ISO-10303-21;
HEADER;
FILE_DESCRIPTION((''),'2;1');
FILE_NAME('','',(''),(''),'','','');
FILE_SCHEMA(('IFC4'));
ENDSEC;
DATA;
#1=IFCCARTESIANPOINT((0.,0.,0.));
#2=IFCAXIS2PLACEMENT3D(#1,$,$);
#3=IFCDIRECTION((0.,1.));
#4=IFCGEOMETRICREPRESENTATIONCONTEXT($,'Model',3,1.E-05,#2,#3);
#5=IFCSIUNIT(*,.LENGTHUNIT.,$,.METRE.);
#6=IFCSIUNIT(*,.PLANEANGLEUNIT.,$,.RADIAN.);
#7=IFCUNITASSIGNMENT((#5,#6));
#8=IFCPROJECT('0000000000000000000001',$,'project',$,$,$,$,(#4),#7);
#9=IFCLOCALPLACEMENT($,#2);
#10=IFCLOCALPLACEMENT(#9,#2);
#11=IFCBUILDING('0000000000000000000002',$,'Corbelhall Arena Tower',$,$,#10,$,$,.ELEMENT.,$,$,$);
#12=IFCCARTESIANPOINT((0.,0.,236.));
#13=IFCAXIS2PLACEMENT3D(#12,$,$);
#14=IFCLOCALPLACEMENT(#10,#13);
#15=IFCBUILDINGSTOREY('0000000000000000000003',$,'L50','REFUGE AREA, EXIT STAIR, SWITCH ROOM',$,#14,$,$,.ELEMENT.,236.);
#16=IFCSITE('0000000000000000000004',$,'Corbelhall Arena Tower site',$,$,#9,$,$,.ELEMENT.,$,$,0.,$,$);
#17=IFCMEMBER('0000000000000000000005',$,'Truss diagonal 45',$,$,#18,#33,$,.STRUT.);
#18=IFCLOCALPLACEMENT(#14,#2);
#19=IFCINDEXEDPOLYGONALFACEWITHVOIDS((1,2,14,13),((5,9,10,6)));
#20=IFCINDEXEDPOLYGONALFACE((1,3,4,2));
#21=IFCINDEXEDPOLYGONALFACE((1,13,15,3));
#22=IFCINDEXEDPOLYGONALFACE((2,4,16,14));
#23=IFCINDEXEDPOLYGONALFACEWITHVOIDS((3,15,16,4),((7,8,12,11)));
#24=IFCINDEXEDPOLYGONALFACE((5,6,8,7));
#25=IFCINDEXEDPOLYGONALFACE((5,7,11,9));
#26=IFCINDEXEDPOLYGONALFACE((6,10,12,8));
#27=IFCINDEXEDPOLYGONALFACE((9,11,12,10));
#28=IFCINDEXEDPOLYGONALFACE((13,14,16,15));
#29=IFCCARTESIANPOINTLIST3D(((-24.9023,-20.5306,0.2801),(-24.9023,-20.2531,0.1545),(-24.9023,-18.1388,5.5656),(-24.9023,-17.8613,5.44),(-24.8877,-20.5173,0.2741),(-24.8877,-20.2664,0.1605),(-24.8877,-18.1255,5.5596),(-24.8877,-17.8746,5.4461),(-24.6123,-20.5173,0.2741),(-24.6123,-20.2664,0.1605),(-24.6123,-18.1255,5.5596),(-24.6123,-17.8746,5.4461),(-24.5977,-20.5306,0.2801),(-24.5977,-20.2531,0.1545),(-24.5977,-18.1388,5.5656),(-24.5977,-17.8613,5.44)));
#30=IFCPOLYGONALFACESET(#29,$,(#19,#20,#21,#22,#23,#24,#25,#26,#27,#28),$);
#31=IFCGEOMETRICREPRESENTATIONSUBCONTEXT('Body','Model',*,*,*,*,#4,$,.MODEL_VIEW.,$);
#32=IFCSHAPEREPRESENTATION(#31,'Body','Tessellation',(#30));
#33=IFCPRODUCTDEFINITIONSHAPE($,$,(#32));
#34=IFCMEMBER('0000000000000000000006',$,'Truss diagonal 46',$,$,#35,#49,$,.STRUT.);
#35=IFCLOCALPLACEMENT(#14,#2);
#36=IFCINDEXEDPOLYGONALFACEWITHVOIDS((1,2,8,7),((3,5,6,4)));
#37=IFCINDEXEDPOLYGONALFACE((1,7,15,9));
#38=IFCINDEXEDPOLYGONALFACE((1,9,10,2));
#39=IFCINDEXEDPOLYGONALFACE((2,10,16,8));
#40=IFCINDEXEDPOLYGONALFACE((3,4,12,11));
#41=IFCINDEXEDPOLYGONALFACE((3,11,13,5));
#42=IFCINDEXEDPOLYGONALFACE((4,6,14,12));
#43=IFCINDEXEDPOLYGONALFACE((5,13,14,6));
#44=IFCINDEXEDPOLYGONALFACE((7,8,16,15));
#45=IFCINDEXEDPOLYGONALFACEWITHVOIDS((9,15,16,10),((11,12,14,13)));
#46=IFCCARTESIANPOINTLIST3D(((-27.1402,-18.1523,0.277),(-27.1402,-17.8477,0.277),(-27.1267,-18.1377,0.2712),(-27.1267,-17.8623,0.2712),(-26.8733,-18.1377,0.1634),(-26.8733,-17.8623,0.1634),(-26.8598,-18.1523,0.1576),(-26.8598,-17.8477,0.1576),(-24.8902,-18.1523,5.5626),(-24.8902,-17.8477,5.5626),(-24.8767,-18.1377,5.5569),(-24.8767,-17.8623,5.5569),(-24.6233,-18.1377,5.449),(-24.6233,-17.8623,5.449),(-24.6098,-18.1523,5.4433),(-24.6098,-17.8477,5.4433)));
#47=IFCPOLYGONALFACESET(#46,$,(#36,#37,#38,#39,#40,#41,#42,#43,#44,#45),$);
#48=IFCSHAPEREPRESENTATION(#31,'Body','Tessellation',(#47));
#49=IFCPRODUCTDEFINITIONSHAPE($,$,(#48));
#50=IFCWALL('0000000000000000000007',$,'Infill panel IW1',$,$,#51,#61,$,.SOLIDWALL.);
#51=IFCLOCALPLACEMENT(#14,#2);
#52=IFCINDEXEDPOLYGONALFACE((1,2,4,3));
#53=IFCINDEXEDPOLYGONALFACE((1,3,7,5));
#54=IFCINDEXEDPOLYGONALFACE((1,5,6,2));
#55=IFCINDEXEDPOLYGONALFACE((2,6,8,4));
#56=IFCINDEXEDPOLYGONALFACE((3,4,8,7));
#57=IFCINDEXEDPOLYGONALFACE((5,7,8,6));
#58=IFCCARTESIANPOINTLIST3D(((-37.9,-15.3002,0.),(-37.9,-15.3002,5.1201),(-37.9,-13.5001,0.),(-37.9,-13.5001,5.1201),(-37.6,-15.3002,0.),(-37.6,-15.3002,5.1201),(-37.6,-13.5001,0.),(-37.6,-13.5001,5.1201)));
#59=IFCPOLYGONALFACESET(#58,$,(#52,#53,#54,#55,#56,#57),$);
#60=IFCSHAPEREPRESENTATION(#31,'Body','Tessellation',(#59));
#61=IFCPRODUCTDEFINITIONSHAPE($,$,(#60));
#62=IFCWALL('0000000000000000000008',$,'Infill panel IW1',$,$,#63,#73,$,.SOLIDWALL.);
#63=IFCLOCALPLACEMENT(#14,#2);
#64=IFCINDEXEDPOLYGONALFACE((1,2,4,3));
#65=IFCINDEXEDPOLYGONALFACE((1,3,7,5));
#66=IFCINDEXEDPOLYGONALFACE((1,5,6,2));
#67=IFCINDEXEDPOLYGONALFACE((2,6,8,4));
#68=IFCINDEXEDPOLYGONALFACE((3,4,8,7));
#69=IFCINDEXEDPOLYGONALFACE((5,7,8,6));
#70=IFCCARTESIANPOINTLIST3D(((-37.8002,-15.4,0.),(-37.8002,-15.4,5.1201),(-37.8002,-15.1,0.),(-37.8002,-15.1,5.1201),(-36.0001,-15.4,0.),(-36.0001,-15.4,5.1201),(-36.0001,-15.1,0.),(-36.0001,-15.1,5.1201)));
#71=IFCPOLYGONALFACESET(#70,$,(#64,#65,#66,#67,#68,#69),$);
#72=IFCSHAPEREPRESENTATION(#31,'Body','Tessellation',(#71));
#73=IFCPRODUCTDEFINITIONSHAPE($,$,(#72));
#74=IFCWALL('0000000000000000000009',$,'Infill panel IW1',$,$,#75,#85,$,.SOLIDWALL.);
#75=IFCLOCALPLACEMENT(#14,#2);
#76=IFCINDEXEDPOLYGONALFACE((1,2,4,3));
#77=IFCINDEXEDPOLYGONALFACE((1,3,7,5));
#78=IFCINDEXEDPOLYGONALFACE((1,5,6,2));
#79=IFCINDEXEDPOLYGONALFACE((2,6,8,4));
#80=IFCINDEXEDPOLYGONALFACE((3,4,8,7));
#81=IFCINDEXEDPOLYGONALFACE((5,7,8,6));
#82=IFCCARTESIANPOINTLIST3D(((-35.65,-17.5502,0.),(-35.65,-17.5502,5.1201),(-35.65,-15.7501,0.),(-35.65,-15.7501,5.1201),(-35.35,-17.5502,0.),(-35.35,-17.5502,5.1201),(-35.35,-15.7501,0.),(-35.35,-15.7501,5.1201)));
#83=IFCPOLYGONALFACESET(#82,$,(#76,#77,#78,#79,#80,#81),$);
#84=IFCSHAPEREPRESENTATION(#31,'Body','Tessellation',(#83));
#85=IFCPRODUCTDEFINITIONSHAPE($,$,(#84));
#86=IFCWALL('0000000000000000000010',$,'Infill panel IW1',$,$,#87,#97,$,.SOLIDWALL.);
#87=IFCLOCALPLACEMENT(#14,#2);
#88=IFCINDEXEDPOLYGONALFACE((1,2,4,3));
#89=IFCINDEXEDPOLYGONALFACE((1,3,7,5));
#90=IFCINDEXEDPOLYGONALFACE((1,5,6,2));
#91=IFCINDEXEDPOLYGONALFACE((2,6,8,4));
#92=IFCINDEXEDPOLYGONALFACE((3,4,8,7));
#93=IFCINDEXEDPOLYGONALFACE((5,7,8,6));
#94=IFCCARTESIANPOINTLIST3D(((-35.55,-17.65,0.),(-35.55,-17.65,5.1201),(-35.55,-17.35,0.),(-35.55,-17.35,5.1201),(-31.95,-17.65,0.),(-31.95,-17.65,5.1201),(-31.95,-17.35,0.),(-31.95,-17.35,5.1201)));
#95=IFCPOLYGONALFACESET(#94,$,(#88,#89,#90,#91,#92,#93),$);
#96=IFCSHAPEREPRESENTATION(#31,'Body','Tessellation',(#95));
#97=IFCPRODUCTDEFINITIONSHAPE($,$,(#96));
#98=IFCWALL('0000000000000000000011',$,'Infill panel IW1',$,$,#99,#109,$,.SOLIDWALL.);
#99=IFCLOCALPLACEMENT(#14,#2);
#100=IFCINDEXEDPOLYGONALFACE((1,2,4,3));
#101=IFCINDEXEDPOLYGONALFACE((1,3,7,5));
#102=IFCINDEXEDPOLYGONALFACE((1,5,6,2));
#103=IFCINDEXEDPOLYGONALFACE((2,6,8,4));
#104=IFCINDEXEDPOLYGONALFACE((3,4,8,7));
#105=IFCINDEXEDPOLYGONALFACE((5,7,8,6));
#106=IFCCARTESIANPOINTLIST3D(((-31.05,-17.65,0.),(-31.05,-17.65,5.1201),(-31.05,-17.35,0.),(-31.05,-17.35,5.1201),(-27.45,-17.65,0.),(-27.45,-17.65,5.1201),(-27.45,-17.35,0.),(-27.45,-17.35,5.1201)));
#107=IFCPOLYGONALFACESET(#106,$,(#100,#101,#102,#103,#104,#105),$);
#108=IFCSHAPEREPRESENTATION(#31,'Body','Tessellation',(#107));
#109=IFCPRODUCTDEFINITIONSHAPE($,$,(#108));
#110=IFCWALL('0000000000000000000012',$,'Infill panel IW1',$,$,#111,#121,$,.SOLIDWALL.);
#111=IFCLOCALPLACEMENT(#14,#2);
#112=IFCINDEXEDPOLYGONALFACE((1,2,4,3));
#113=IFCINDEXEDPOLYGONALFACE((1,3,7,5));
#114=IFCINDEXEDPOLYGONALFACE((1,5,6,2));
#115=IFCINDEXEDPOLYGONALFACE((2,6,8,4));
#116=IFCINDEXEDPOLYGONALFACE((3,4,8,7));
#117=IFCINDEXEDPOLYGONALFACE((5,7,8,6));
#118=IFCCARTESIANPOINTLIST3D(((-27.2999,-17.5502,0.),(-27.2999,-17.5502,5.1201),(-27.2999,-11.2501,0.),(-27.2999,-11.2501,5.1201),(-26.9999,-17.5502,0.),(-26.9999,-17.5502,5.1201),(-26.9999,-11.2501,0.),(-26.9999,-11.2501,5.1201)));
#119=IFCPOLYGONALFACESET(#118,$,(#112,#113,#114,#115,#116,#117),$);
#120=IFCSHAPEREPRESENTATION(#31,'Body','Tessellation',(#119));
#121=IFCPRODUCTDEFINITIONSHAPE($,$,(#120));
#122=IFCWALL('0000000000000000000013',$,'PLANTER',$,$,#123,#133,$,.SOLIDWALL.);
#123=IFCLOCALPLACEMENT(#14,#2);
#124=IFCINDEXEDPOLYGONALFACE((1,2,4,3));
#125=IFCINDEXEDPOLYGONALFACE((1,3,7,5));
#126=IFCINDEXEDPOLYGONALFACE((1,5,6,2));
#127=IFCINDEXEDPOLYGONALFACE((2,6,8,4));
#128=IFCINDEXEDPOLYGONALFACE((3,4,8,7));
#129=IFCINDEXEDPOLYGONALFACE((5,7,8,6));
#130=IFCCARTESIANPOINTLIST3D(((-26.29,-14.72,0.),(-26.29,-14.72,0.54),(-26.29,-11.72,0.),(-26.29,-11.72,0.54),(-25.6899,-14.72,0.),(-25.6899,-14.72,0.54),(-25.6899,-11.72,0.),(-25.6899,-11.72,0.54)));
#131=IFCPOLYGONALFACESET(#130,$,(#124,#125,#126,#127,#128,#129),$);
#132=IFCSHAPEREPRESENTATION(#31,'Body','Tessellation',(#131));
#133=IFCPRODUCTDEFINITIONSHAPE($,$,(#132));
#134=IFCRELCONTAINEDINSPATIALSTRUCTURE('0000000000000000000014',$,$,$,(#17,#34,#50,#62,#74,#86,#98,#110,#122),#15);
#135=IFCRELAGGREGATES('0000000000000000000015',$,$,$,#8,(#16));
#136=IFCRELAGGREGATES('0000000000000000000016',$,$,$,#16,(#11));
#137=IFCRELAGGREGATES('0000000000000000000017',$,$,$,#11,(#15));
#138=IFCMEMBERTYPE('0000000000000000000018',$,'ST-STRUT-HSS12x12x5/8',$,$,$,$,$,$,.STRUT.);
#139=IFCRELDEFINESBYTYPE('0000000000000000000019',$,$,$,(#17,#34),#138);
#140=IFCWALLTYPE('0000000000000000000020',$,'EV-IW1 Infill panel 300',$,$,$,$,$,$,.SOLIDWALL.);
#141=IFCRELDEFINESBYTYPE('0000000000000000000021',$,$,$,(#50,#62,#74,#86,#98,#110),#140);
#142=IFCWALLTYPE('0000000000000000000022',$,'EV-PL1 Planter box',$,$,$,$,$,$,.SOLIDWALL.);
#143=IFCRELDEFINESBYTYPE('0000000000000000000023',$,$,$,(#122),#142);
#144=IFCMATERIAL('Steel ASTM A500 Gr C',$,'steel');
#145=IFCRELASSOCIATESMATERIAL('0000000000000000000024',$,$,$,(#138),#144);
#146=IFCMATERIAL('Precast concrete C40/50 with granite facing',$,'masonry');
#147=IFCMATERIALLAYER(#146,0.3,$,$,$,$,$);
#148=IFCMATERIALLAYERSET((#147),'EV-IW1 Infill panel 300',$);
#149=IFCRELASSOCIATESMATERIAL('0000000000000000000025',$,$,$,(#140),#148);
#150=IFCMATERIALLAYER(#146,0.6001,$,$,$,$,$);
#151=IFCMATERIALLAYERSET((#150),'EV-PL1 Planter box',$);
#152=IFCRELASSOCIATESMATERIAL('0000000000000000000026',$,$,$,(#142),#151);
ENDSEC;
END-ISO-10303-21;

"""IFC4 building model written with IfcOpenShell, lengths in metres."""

from ifc_helpers import new_model, si_unit, direction, frame, frame_2d, origin, origin_2d, place, context, subcontext, project, spatial, rectangle, hollow_rectangle, extrude, material, layer, layer_set, material_profile, profile_set, type_object, element, save


model = new_model("IFC4")

# Units and contexts
model_context = context("Model", 3, precision=1e-05, world=origin(), true_north=direction((0.0, 1.0)))
body_context = subcontext(model_context, "Body", "Model", "MODEL_VIEW")
ifc_project = project(units=[si_unit("LENGTHUNIT", "METRE"), si_unit("PLANEANGLEUNIT", "RADIAN")], contexts=[model_context])

# Site, building, storey
site_placement = place(None, origin())
site = spatial("IfcSite", under=ifc_project, at=site_placement, Name="Corbelhall Arena Tower site", CompositionType="ELEMENT", RefElevation=0.0)
building_placement = place(site_placement, origin())
building = spatial("IfcBuilding", under=site, at=building_placement, Name="Corbelhall Arena Tower", CompositionType="ELEMENT")
storey_placement = place(building_placement, frame((0.0, 0.0, 236.0)))
storey = spatial("IfcBuildingStorey", under=building, at=storey_placement, Name="L50", Description="REFUGE AREA, EXIT STAIR, SWITCH ROOM", CompositionType="ELEMENT", Elevation=236.0)

# Members
ifc_material_1 = material(Name="Steel ASTM A500 Gr C", Category="steel")
ifc_material_profile_1 = material_profile(ifc_material_1, hollow_rectangle(XDim=0.3047, YDim=0.3047, WallThickness=0.0146, at=origin_2d()))
ifc_profile_set_1 = profile_set([ifc_material_profile_1], Name="Steel ASTM A500 Gr C")
member_type_1 = type_object("IfcMemberType", Name="ST-STRUT-HSS12x12x5/8", PredefinedType="STRUT", material=ifc_profile_set_1)
member_1_placement = place(storey_placement, frame((-24.75, -20.3918, 0.2173), z_axis=(0.0, 0.412271, 0.911061), x_axis=(-1.0, 0.0, 0.0)))
element("IfcMember", 1, at=member_1_placement, inside=storey, type_object=member_type_1, Name="Truss diagonal 45", PredefinedType="STRUT", context=body_context, shape_type="SweptSolid", body=[
    extrude(hollow_rectangle(XDim=0.3047, YDim=0.3047, WallThickness=0.0146, at=origin_2d()), origin(), (0.0, 0.0, 1.0), 5.8015),
])
member_2_placement = place(storey_placement, frame((-27.0, -18.0, 0.2173), z_axis=(0.391672, 0.0, 0.920105), x_axis=(0.0, 1.0, 0.0)))
element("IfcMember", 2, at=member_2_placement, inside=storey, type_object=member_type_1, Name="Truss diagonal 46", PredefinedType="STRUT", context=body_context, shape_type="SweptSolid", body=[
    extrude(hollow_rectangle(XDim=0.3047, YDim=0.3047, WallThickness=0.0146, at=origin_2d()), origin(), (0.0, 0.0, 1.0), 5.7446),
])

# Walls
ifc_material_2 = material(Name="Precast concrete C40/50 with granite facing", Category="masonry")
ifc_layer_1 = layer(ifc_material_2, 0.3)
ifc_layer_set_1 = layer_set([ifc_layer_1], Name="EV-IW1 Infill panel 300")
wall_type_1 = type_object("IfcWallType", Name="EV-IW1 Infill panel 300", PredefinedType="SOLIDWALL", material=ifc_layer_set_1)
for number, where, z_axis, x_axis, name in (
    (3, (-37.75, -15.3, 0.0), (0.0, 0.0, 1.0), (0.0, 1.0, 0.0), "Infill panel IW1"),
    (4, (-37.8, -15.25, 0.0), (0.0, 0.0, 1.0), (1.0, 0.0, 0.0), "Infill panel IW1"),
    (5, (-35.5, -17.55, 0.0), (0.0, 0.0, 1.0), (0.0, 1.0, 0.0), "Infill panel IW1"),
):
    element("IfcWall", number, at=place(storey_placement, frame(where, z_axis=z_axis, x_axis=x_axis)), inside=storey, type_object=wall_type_1, Name=name, PredefinedType="SOLIDWALL", context=body_context, shape_type="SweptSolid", body=[
        extrude(rectangle(XDim=1.8, YDim=0.3, at=frame_2d((0.8999, 0.0))), origin(), (0.0, 0.0, 1.0), 5.1201),
    ])
for number, where, z_axis, x_axis, name in (
    (6, (-35.55, -17.5, 0.0), (0.0, 0.0, 1.0), (1.0, 0.0, 0.0), "Infill panel IW1"),
    (7, (-31.05, -17.5, 0.0), (0.0, 0.0, 1.0), (1.0, 0.0, 0.0), "Infill panel IW1"),
):
    element("IfcWall", number, at=place(storey_placement, frame(where, z_axis=z_axis, x_axis=x_axis)), inside=storey, type_object=wall_type_1, Name=name, PredefinedType="SOLIDWALL", context=body_context, shape_type="SweptSolid", body=[
        extrude(rectangle(XDim=3.6001, YDim=0.3, at=frame_2d((1.8, 0.0))), origin(), (0.0, 0.0, 1.0), 5.1201),
    ])
wall_1_placement = place(storey_placement, frame((-27.1499, -17.55, 0.0), z_axis=(0.0, 0.0, 1.0), x_axis=(0.0, 1.0, 0.0)))
element("IfcWall", 8, at=wall_1_placement, inside=storey, type_object=wall_type_1, Name="Infill panel IW1", PredefinedType="SOLIDWALL", context=body_context, shape_type="SweptSolid", body=[
    extrude(rectangle(XDim=6.3, YDim=0.3, at=frame_2d((3.1499, 0.0))), origin(), (0.0, 0.0, 1.0), 5.1201),
])
ifc_layer_2 = layer(ifc_material_2, 0.6001)
ifc_layer_set_2 = layer_set([ifc_layer_2], Name="EV-PL1 Planter box")
wall_type_2 = type_object("IfcWallType", Name="EV-PL1 Planter box", PredefinedType="SOLIDWALL", material=ifc_layer_set_2)
wall_2_placement = place(storey_placement, frame((-25.99, -14.72, 0.0), z_axis=(0.0, 0.0, 1.0), x_axis=(0.0, 1.0, 0.0)))
element("IfcWall", 9, at=wall_2_placement, inside=storey, type_object=wall_type_2, Name="PLANTER", PredefinedType="SOLIDWALL", context=body_context, shape_type="SweptSolid", body=[
    extrude(rectangle(XDim=3.0, YDim=0.6001, at=frame_2d((1.5, 0.0))), origin(), (0.0, 0.0, 1.0), 0.54),
])

save(model, "model.ifc")
